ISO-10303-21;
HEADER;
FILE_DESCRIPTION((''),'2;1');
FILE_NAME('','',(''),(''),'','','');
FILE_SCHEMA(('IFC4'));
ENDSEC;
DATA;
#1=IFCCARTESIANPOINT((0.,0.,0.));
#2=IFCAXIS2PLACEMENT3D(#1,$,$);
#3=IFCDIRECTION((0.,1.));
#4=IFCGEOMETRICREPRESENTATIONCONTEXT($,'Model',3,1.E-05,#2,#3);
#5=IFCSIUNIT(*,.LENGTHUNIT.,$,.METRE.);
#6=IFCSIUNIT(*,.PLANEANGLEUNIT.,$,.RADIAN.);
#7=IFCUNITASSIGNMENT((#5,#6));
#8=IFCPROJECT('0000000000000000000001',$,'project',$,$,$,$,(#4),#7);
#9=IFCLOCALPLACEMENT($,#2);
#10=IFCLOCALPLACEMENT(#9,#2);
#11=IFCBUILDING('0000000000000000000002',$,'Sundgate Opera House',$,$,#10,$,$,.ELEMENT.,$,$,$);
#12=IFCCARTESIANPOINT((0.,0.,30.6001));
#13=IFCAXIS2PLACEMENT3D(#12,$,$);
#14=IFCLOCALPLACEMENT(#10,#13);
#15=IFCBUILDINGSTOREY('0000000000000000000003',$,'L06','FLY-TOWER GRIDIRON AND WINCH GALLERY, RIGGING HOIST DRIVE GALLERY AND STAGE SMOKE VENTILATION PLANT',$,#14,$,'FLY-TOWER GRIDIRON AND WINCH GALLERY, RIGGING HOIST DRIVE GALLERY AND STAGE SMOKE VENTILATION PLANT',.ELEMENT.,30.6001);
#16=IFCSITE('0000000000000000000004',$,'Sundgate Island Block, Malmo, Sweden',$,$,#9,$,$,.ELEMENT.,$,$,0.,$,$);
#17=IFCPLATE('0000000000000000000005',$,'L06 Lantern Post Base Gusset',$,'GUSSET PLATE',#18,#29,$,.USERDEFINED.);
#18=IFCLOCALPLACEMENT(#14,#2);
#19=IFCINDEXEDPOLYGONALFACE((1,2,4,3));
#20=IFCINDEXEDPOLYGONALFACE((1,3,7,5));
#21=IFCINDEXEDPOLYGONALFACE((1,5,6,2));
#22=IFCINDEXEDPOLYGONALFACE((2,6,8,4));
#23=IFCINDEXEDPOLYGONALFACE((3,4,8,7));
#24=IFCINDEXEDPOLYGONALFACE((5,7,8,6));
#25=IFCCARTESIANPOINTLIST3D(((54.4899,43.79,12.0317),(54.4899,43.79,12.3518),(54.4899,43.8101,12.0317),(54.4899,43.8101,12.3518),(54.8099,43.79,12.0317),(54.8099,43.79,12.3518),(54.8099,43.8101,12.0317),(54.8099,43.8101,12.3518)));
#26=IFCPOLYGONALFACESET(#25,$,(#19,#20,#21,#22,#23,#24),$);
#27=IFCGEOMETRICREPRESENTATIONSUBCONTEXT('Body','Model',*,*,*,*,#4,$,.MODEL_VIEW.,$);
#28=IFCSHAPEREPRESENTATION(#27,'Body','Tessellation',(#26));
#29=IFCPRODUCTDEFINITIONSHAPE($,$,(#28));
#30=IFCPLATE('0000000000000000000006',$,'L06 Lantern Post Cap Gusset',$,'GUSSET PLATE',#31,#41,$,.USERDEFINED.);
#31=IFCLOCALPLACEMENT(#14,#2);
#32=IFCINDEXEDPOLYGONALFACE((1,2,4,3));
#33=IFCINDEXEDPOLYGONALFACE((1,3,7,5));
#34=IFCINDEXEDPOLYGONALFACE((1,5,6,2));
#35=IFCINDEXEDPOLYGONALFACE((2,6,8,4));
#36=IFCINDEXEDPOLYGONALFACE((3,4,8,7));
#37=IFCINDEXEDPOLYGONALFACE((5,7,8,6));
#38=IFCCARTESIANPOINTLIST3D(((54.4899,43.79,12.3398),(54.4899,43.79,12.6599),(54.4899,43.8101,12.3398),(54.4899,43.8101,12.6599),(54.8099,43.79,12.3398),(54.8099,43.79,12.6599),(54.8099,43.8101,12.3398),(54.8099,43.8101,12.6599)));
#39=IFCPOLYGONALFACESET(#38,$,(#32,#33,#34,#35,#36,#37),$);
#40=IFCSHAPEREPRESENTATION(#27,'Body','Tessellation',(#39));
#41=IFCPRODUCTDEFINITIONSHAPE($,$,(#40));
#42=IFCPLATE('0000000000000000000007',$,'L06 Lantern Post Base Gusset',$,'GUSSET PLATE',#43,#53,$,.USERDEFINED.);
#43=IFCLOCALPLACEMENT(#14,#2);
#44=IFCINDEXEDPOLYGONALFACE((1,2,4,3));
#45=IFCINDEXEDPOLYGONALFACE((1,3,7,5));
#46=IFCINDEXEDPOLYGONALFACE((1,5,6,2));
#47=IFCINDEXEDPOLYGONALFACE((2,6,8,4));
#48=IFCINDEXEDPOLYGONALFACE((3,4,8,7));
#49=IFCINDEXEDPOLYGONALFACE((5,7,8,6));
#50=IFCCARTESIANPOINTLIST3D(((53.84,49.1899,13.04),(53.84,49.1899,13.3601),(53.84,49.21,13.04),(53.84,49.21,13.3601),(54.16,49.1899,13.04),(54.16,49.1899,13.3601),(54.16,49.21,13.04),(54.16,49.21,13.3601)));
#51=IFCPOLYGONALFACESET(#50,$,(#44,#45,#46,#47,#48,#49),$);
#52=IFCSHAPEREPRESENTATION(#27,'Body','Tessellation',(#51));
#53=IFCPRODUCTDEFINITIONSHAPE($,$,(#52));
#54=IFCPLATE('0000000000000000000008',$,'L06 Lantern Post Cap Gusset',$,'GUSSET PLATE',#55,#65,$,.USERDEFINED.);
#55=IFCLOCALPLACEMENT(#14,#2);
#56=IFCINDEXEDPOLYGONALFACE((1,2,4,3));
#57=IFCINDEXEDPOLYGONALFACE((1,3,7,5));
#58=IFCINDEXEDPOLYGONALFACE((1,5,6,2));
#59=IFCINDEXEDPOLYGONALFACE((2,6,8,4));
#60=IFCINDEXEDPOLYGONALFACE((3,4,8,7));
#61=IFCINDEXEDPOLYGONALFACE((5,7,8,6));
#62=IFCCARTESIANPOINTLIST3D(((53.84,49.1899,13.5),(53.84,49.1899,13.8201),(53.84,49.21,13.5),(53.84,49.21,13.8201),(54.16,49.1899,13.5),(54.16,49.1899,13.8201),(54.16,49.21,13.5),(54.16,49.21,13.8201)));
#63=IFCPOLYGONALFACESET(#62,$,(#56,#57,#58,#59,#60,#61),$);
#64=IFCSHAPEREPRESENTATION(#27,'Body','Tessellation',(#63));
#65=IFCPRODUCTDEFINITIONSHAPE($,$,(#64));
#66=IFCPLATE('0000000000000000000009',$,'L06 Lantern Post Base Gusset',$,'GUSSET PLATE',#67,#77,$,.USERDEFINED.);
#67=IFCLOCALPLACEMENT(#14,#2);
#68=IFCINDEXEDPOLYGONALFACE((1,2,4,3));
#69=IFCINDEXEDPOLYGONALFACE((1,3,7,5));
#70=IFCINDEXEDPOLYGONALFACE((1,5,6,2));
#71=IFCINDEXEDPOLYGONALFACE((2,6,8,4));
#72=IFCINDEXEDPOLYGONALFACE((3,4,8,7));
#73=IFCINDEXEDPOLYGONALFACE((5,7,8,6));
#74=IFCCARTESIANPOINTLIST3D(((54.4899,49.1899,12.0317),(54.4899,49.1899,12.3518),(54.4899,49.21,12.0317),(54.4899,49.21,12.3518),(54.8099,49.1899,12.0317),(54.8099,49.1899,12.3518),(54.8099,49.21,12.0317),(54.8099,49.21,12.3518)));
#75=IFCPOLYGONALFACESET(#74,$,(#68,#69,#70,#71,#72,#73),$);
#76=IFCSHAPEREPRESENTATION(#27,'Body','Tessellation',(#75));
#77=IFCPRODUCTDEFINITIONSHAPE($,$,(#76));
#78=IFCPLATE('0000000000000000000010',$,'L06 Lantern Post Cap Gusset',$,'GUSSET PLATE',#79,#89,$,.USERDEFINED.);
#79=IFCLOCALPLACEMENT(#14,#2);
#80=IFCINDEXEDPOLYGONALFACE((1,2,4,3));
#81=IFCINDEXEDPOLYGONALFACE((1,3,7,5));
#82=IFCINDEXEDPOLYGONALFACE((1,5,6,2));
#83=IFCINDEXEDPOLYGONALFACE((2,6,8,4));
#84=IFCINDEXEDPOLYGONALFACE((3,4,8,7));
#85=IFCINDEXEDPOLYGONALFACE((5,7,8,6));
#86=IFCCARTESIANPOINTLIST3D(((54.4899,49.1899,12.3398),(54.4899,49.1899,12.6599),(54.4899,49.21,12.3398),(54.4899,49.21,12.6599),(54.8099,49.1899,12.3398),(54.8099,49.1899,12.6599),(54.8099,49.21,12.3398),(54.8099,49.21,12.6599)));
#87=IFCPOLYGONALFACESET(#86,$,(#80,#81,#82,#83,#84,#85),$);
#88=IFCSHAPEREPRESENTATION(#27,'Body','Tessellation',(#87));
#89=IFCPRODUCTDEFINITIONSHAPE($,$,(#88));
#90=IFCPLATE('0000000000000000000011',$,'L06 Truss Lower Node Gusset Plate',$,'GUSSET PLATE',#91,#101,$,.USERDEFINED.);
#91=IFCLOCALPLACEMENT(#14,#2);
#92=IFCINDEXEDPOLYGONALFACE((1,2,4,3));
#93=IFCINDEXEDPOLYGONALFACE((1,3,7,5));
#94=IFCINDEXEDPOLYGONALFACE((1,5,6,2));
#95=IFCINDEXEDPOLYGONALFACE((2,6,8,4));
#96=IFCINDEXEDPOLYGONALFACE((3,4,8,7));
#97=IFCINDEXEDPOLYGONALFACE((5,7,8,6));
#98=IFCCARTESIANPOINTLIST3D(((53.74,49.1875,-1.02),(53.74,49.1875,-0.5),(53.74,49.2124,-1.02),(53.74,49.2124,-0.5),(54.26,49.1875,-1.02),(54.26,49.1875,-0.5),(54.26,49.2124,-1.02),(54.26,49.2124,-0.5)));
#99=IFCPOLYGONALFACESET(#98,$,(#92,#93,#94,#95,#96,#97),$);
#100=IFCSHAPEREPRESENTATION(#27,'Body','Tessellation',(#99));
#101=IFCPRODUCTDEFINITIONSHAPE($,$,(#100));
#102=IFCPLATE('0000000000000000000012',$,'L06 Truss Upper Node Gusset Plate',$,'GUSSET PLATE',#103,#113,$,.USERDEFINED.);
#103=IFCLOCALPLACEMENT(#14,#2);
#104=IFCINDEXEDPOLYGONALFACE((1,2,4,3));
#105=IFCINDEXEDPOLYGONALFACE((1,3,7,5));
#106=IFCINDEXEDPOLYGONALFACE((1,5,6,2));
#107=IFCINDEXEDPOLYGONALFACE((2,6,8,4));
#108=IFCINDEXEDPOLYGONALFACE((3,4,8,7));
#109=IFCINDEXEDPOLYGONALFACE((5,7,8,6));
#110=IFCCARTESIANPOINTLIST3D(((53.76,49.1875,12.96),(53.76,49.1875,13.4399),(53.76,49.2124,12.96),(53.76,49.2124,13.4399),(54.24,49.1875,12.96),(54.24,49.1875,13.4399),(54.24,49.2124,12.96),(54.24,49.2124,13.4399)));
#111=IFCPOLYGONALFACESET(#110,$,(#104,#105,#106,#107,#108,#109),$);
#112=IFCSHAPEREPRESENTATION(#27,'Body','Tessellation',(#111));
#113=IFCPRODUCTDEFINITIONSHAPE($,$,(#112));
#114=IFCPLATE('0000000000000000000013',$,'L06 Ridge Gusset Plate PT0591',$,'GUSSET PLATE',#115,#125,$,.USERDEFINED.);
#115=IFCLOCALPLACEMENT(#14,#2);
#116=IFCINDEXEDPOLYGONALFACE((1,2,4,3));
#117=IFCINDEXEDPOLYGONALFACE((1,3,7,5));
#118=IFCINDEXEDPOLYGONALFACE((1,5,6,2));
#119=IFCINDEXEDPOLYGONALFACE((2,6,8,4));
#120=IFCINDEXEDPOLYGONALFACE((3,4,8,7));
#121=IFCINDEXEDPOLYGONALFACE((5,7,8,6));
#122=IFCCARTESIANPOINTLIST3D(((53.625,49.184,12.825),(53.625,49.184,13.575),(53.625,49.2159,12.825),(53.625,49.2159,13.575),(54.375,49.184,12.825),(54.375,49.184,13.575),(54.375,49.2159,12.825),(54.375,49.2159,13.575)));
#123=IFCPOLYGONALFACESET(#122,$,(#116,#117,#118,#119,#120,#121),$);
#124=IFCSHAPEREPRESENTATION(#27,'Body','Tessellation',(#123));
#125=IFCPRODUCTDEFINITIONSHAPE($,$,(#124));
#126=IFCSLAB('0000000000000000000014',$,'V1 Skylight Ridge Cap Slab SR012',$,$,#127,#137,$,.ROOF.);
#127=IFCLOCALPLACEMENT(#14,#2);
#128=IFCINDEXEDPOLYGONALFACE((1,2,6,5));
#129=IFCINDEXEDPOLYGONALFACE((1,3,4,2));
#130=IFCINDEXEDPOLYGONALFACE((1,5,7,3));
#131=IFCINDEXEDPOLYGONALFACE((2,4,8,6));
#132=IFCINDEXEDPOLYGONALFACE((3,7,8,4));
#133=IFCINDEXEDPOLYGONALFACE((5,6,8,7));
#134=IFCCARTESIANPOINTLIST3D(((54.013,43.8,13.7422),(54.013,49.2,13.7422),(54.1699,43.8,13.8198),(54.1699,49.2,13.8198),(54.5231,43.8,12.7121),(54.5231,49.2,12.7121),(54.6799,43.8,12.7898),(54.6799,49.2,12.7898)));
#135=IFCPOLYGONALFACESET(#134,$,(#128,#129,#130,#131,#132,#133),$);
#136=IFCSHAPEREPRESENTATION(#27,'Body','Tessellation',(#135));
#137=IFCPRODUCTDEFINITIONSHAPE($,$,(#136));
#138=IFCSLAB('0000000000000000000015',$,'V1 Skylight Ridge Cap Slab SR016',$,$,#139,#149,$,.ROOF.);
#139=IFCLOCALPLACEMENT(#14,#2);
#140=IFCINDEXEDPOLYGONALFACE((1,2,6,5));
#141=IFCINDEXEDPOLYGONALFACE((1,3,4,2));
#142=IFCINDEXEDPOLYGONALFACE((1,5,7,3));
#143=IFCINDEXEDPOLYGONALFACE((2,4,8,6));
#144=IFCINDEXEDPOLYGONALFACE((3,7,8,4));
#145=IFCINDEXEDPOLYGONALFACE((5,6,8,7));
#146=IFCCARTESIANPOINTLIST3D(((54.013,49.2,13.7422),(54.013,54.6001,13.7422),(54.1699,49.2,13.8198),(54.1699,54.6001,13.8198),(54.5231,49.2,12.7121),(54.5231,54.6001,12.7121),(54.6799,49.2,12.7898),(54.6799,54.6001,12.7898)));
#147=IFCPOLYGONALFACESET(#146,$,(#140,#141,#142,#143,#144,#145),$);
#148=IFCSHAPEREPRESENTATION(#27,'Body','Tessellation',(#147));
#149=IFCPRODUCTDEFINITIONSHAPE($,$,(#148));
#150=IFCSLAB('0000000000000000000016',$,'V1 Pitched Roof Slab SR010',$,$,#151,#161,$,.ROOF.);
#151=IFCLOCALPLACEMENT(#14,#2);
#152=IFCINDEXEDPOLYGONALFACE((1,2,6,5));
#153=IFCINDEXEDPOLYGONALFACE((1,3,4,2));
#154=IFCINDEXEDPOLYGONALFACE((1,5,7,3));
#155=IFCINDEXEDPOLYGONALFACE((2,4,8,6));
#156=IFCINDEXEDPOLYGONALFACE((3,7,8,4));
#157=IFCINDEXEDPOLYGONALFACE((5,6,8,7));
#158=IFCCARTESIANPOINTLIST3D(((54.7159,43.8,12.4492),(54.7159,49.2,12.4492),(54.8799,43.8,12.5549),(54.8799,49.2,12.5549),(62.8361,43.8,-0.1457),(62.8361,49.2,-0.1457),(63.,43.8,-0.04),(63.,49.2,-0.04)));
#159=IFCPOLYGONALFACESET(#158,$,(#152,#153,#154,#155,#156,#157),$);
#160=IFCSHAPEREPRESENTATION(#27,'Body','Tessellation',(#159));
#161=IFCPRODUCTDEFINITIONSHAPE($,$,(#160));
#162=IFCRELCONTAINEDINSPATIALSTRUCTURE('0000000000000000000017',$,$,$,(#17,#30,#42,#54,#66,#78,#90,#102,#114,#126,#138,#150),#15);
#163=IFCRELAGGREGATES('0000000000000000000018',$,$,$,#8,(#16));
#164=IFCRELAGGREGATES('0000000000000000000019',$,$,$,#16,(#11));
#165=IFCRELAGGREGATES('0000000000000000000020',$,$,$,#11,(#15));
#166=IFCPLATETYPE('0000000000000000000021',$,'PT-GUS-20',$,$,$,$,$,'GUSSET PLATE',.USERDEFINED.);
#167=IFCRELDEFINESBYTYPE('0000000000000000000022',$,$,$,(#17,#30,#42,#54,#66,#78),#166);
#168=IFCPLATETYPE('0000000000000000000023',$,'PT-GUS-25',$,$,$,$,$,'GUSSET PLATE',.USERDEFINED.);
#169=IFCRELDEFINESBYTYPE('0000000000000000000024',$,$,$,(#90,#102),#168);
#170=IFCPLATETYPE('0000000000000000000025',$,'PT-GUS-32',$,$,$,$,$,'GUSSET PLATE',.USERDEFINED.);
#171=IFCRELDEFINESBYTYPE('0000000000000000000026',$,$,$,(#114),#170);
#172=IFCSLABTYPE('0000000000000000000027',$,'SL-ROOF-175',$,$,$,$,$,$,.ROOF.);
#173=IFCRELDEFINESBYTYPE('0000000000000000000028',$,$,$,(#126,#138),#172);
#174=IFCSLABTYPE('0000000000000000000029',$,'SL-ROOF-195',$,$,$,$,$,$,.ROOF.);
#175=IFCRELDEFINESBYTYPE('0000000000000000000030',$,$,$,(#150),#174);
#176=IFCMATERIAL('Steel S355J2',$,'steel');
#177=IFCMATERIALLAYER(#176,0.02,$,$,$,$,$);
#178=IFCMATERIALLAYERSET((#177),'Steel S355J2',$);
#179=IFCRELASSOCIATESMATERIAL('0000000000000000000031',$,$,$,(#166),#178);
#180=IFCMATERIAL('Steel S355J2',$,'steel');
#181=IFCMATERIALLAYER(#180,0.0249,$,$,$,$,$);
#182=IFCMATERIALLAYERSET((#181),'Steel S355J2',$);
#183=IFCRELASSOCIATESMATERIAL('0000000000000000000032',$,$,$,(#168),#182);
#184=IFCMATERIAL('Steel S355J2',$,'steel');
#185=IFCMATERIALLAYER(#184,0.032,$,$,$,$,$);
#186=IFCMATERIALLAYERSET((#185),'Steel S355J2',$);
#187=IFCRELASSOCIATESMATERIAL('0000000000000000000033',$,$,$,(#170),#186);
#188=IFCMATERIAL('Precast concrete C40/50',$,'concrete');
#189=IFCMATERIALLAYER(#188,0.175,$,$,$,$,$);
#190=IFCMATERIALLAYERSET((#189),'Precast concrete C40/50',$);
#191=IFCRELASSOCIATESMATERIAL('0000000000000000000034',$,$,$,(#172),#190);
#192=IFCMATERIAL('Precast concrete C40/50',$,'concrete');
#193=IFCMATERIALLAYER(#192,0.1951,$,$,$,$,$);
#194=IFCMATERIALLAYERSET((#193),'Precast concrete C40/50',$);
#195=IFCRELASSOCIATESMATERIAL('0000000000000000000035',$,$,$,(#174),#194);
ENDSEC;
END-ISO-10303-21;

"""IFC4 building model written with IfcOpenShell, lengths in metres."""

from ifc_helpers import new_model, si_unit, direction, frame, origin, origin_2d, place, context, subcontext, project, spatial, polyline, rectangle, outline, extrude, material, layer, layer_set, type_object, element, save


model = new_model("IFC4")

# Units and contexts
model_context = context("Model", 3, precision=1e-05, world=origin(), true_north=direction((0.0, 1.0)))
body_context = subcontext(model_context, "Body", "Model", "MODEL_VIEW")
ifc_project = project(units=[si_unit("LENGTHUNIT", "METRE"), si_unit("PLANEANGLEUNIT", "RADIAN")], contexts=[model_context])

# Site, building, storey
site_placement = place(None, origin())
site = spatial("IfcSite", under=ifc_project, at=site_placement, Name="Sundgate Island Block, Malmo, Sweden", CompositionType="ELEMENT", RefElevation=0.0)
building_placement = place(site_placement, origin())
building = spatial("IfcBuilding", under=site, at=building_placement, Name="Sundgate Opera House", CompositionType="ELEMENT")
storey_placement = place(building_placement, frame((0.0, 0.0, 30.6001)))
storey = spatial("IfcBuildingStorey", under=building, at=storey_placement, Name="L06", Description="FLY-TOWER GRIDIRON AND WINCH GALLERY, RIGGING HOIST DRIVE GALLERY AND STAGE SMOKE VENTILATION PLANT", LongName="FLY-TOWER GRIDIRON AND WINCH GALLERY, RIGGING HOIST DRIVE GALLERY AND STAGE SMOKE VENTILATION PLANT", CompositionType="ELEMENT", Elevation=30.6001)

# Plates
ifc_material_1 = material(Name="Steel S355J2", Category="steel")
ifc_layer_1 = layer(ifc_material_1, 0.02)
ifc_layer_set_1 = layer_set([ifc_layer_1], Name="Steel S355J2")
plate_type_1 = type_object("IfcPlateType", Name="PT-GUS-20", ElementType="GUSSET PLATE", PredefinedType="USERDEFINED", material=ifc_layer_set_1)
for number, where, z_axis, x_axis, name in (
    (1, (54.6499, 43.8, 12.0317), (0.0, 0.0, 1.0), (1.0, 0.0, 0.0), "L06 Lantern Post Base Gusset"),
    (2, (54.6499, 43.8, 12.3398), (0.0, 0.0, 1.0), (1.0, 0.0, 0.0), "L06 Lantern Post Cap Gusset"),
    (3, (54.0, 49.2, 13.04), (0.0, 0.0, 1.0), (1.0, 0.0, 0.0), "L06 Lantern Post Base Gusset"),
    (4, (54.0, 49.2, 13.5), (0.0, 0.0, 1.0), (1.0, 0.0, 0.0), "L06 Lantern Post Cap Gusset"),
    (5, (54.6499, 49.2, 12.0317), (0.0, 0.0, 1.0), (1.0, 0.0, 0.0), "L06 Lantern Post Base Gusset"),
    (6, (54.6499, 49.2, 12.3398), (0.0, 0.0, 1.0), (1.0, 0.0, 0.0), "L06 Lantern Post Cap Gusset"),
):
    element("IfcPlate", number, at=place(storey_placement, frame(where, z_axis=z_axis, x_axis=x_axis)), inside=storey, type_object=plate_type_1, Name=name, ObjectType="GUSSET PLATE", PredefinedType="USERDEFINED", context=body_context, shape_type="SweptSolid", body=[
        extrude(rectangle(XDim=0.3201, YDim=0.02, at=origin_2d()), origin(), (0.0, 0.0, 1.0), 0.3201),
    ])
ifc_material_2 = material(Name="Steel S355J2", Category="steel")
ifc_layer_2 = layer(ifc_material_2, 0.0249)
ifc_layer_set_2 = layer_set([ifc_layer_2], Name="Steel S355J2")
plate_type_2 = type_object("IfcPlateType", Name="PT-GUS-25", ElementType="GUSSET PLATE", PredefinedType="USERDEFINED", material=ifc_layer_set_2)
plate_1_placement = place(storey_placement, frame((54.0, 49.2, -1.02), z_axis=(0.0, 0.0, 1.0), x_axis=(1.0, 0.0, 0.0)))
element("IfcPlate", 7, at=plate_1_placement, inside=storey, type_object=plate_type_2, Name="L06 Truss Lower Node Gusset Plate", ObjectType="GUSSET PLATE", PredefinedType="USERDEFINED", context=body_context, shape_type="SweptSolid", body=[
    extrude(rectangle(XDim=0.52, YDim=0.0249, at=origin_2d()), origin(), (0.0, 0.0, 1.0), 0.52),
])
plate_2_placement = place(storey_placement, frame((54.0, 49.2, 12.96), z_axis=(0.0, 0.0, 1.0), x_axis=(1.0, 0.0, 0.0)))
element("IfcPlate", 8, at=plate_2_placement, inside=storey, type_object=plate_type_2, Name="L06 Truss Upper Node Gusset Plate", ObjectType="GUSSET PLATE", PredefinedType="USERDEFINED", context=body_context, shape_type="SweptSolid", body=[
    extrude(rectangle(XDim=0.48, YDim=0.0249, at=origin_2d()), origin(), (0.0, 0.0, 1.0), 0.48),
])
ifc_material_3 = material(Name="Steel S355J2", Category="steel")
ifc_layer_3 = layer(ifc_material_3, 0.032)
ifc_layer_set_3 = layer_set([ifc_layer_3], Name="Steel S355J2")
plate_type_3 = type_object("IfcPlateType", Name="PT-GUS-32", ElementType="GUSSET PLATE", PredefinedType="USERDEFINED", material=ifc_layer_set_3)
plate_3_placement = place(storey_placement, frame((54.0, 49.2, 12.825), z_axis=(0.0, 0.0, 1.0), x_axis=(1.0, 0.0, 0.0)))
element("IfcPlate", 9, at=plate_3_placement, inside=storey, type_object=plate_type_3, Name="L06 Ridge Gusset Plate PT0591", ObjectType="GUSSET PLATE", PredefinedType="USERDEFINED", context=body_context, shape_type="SweptSolid", body=[
    extrude(rectangle(XDim=0.75, YDim=0.032, at=origin_2d()), origin(), (0.0, 0.0, 1.0), 0.75),
])

# Slabs
ifc_material_4 = material(Name="Precast concrete C40/50", Category="concrete")
ifc_layer_4 = layer(ifc_material_4, 0.175)
ifc_layer_set_4 = layer_set([ifc_layer_4], Name="Precast concrete C40/50")
slab_type_1 = type_object("IfcSlabType", Name="SL-ROOF-175", PredefinedType="ROOF", material=ifc_layer_set_4)
slab_1_placement = place(storey_placement, frame((54.1699, 43.8, 13.8198), z_axis=(0.896162, 0.0, 0.443727), x_axis=(0.443727, 0.0, -0.896162)))
element("IfcSlab", 10, at=slab_1_placement, inside=storey, type_object=slab_type_1, Name="V1 Skylight Ridge Cap Slab SR012", PredefinedType="ROOF", context=body_context, shape_type="SweptSolid", body=[
    extrude(outline(polyline([(0.0, 0.0), (1.1494, 0.0), (1.1494, 5.3999), (0.0, 5.3999), (0.0, 0.0)])), origin(), (0.0, 0.0, -1.0), 0.175),
])
slab_2_placement = place(storey_placement, frame((54.1699, 49.2, 13.8198), z_axis=(0.896162, 0.0, 0.443727), x_axis=(0.443727, 0.0, -0.896162)))
element("IfcSlab", 11, at=slab_2_placement, inside=storey, type_object=slab_type_1, Name="V1 Skylight Ridge Cap Slab SR016", PredefinedType="ROOF", context=body_context, shape_type="SweptSolid", body=[
    extrude(outline(polyline([(0.0, 0.0), (1.1494, 0.0), (1.1494, 5.4001), (0.0, 5.4001), (0.0, 0.0)])), origin(), (0.0, 0.0, -1.0), 0.175),
])
ifc_material_5 = material(Name="Precast concrete C40/50", Category="concrete")
ifc_layer_5 = layer(ifc_material_5, 0.1951)
ifc_layer_set_5 = layer_set([ifc_layer_5], Name="Precast concrete C40/50")
slab_type_2 = type_object("IfcSlabType", Name="SL-ROOF-195", PredefinedType="ROOF", material=ifc_layer_set_5)
slab_3_placement = place(storey_placement, frame((54.8799, 43.8, 12.5549), z_axis=(0.840469, 0.0, 0.54186), x_axis=(0.54186, 0.0, -0.840469)))
element("IfcSlab", 12, at=slab_3_placement, inside=storey, type_object=slab_type_2, Name="V1 Pitched Roof Slab SR010", PredefinedType="ROOF", context=body_context, shape_type="SweptSolid", body=[
    extrude(outline(polyline([(0.0, 0.0), (14.9856, 0.0), (14.9856, 5.3999), (0.0, 5.3999), (0.0, 0.0)])), origin(), (0.0, 0.0, -1.0), 0.1951),
])

save(model, "model.ifc")
